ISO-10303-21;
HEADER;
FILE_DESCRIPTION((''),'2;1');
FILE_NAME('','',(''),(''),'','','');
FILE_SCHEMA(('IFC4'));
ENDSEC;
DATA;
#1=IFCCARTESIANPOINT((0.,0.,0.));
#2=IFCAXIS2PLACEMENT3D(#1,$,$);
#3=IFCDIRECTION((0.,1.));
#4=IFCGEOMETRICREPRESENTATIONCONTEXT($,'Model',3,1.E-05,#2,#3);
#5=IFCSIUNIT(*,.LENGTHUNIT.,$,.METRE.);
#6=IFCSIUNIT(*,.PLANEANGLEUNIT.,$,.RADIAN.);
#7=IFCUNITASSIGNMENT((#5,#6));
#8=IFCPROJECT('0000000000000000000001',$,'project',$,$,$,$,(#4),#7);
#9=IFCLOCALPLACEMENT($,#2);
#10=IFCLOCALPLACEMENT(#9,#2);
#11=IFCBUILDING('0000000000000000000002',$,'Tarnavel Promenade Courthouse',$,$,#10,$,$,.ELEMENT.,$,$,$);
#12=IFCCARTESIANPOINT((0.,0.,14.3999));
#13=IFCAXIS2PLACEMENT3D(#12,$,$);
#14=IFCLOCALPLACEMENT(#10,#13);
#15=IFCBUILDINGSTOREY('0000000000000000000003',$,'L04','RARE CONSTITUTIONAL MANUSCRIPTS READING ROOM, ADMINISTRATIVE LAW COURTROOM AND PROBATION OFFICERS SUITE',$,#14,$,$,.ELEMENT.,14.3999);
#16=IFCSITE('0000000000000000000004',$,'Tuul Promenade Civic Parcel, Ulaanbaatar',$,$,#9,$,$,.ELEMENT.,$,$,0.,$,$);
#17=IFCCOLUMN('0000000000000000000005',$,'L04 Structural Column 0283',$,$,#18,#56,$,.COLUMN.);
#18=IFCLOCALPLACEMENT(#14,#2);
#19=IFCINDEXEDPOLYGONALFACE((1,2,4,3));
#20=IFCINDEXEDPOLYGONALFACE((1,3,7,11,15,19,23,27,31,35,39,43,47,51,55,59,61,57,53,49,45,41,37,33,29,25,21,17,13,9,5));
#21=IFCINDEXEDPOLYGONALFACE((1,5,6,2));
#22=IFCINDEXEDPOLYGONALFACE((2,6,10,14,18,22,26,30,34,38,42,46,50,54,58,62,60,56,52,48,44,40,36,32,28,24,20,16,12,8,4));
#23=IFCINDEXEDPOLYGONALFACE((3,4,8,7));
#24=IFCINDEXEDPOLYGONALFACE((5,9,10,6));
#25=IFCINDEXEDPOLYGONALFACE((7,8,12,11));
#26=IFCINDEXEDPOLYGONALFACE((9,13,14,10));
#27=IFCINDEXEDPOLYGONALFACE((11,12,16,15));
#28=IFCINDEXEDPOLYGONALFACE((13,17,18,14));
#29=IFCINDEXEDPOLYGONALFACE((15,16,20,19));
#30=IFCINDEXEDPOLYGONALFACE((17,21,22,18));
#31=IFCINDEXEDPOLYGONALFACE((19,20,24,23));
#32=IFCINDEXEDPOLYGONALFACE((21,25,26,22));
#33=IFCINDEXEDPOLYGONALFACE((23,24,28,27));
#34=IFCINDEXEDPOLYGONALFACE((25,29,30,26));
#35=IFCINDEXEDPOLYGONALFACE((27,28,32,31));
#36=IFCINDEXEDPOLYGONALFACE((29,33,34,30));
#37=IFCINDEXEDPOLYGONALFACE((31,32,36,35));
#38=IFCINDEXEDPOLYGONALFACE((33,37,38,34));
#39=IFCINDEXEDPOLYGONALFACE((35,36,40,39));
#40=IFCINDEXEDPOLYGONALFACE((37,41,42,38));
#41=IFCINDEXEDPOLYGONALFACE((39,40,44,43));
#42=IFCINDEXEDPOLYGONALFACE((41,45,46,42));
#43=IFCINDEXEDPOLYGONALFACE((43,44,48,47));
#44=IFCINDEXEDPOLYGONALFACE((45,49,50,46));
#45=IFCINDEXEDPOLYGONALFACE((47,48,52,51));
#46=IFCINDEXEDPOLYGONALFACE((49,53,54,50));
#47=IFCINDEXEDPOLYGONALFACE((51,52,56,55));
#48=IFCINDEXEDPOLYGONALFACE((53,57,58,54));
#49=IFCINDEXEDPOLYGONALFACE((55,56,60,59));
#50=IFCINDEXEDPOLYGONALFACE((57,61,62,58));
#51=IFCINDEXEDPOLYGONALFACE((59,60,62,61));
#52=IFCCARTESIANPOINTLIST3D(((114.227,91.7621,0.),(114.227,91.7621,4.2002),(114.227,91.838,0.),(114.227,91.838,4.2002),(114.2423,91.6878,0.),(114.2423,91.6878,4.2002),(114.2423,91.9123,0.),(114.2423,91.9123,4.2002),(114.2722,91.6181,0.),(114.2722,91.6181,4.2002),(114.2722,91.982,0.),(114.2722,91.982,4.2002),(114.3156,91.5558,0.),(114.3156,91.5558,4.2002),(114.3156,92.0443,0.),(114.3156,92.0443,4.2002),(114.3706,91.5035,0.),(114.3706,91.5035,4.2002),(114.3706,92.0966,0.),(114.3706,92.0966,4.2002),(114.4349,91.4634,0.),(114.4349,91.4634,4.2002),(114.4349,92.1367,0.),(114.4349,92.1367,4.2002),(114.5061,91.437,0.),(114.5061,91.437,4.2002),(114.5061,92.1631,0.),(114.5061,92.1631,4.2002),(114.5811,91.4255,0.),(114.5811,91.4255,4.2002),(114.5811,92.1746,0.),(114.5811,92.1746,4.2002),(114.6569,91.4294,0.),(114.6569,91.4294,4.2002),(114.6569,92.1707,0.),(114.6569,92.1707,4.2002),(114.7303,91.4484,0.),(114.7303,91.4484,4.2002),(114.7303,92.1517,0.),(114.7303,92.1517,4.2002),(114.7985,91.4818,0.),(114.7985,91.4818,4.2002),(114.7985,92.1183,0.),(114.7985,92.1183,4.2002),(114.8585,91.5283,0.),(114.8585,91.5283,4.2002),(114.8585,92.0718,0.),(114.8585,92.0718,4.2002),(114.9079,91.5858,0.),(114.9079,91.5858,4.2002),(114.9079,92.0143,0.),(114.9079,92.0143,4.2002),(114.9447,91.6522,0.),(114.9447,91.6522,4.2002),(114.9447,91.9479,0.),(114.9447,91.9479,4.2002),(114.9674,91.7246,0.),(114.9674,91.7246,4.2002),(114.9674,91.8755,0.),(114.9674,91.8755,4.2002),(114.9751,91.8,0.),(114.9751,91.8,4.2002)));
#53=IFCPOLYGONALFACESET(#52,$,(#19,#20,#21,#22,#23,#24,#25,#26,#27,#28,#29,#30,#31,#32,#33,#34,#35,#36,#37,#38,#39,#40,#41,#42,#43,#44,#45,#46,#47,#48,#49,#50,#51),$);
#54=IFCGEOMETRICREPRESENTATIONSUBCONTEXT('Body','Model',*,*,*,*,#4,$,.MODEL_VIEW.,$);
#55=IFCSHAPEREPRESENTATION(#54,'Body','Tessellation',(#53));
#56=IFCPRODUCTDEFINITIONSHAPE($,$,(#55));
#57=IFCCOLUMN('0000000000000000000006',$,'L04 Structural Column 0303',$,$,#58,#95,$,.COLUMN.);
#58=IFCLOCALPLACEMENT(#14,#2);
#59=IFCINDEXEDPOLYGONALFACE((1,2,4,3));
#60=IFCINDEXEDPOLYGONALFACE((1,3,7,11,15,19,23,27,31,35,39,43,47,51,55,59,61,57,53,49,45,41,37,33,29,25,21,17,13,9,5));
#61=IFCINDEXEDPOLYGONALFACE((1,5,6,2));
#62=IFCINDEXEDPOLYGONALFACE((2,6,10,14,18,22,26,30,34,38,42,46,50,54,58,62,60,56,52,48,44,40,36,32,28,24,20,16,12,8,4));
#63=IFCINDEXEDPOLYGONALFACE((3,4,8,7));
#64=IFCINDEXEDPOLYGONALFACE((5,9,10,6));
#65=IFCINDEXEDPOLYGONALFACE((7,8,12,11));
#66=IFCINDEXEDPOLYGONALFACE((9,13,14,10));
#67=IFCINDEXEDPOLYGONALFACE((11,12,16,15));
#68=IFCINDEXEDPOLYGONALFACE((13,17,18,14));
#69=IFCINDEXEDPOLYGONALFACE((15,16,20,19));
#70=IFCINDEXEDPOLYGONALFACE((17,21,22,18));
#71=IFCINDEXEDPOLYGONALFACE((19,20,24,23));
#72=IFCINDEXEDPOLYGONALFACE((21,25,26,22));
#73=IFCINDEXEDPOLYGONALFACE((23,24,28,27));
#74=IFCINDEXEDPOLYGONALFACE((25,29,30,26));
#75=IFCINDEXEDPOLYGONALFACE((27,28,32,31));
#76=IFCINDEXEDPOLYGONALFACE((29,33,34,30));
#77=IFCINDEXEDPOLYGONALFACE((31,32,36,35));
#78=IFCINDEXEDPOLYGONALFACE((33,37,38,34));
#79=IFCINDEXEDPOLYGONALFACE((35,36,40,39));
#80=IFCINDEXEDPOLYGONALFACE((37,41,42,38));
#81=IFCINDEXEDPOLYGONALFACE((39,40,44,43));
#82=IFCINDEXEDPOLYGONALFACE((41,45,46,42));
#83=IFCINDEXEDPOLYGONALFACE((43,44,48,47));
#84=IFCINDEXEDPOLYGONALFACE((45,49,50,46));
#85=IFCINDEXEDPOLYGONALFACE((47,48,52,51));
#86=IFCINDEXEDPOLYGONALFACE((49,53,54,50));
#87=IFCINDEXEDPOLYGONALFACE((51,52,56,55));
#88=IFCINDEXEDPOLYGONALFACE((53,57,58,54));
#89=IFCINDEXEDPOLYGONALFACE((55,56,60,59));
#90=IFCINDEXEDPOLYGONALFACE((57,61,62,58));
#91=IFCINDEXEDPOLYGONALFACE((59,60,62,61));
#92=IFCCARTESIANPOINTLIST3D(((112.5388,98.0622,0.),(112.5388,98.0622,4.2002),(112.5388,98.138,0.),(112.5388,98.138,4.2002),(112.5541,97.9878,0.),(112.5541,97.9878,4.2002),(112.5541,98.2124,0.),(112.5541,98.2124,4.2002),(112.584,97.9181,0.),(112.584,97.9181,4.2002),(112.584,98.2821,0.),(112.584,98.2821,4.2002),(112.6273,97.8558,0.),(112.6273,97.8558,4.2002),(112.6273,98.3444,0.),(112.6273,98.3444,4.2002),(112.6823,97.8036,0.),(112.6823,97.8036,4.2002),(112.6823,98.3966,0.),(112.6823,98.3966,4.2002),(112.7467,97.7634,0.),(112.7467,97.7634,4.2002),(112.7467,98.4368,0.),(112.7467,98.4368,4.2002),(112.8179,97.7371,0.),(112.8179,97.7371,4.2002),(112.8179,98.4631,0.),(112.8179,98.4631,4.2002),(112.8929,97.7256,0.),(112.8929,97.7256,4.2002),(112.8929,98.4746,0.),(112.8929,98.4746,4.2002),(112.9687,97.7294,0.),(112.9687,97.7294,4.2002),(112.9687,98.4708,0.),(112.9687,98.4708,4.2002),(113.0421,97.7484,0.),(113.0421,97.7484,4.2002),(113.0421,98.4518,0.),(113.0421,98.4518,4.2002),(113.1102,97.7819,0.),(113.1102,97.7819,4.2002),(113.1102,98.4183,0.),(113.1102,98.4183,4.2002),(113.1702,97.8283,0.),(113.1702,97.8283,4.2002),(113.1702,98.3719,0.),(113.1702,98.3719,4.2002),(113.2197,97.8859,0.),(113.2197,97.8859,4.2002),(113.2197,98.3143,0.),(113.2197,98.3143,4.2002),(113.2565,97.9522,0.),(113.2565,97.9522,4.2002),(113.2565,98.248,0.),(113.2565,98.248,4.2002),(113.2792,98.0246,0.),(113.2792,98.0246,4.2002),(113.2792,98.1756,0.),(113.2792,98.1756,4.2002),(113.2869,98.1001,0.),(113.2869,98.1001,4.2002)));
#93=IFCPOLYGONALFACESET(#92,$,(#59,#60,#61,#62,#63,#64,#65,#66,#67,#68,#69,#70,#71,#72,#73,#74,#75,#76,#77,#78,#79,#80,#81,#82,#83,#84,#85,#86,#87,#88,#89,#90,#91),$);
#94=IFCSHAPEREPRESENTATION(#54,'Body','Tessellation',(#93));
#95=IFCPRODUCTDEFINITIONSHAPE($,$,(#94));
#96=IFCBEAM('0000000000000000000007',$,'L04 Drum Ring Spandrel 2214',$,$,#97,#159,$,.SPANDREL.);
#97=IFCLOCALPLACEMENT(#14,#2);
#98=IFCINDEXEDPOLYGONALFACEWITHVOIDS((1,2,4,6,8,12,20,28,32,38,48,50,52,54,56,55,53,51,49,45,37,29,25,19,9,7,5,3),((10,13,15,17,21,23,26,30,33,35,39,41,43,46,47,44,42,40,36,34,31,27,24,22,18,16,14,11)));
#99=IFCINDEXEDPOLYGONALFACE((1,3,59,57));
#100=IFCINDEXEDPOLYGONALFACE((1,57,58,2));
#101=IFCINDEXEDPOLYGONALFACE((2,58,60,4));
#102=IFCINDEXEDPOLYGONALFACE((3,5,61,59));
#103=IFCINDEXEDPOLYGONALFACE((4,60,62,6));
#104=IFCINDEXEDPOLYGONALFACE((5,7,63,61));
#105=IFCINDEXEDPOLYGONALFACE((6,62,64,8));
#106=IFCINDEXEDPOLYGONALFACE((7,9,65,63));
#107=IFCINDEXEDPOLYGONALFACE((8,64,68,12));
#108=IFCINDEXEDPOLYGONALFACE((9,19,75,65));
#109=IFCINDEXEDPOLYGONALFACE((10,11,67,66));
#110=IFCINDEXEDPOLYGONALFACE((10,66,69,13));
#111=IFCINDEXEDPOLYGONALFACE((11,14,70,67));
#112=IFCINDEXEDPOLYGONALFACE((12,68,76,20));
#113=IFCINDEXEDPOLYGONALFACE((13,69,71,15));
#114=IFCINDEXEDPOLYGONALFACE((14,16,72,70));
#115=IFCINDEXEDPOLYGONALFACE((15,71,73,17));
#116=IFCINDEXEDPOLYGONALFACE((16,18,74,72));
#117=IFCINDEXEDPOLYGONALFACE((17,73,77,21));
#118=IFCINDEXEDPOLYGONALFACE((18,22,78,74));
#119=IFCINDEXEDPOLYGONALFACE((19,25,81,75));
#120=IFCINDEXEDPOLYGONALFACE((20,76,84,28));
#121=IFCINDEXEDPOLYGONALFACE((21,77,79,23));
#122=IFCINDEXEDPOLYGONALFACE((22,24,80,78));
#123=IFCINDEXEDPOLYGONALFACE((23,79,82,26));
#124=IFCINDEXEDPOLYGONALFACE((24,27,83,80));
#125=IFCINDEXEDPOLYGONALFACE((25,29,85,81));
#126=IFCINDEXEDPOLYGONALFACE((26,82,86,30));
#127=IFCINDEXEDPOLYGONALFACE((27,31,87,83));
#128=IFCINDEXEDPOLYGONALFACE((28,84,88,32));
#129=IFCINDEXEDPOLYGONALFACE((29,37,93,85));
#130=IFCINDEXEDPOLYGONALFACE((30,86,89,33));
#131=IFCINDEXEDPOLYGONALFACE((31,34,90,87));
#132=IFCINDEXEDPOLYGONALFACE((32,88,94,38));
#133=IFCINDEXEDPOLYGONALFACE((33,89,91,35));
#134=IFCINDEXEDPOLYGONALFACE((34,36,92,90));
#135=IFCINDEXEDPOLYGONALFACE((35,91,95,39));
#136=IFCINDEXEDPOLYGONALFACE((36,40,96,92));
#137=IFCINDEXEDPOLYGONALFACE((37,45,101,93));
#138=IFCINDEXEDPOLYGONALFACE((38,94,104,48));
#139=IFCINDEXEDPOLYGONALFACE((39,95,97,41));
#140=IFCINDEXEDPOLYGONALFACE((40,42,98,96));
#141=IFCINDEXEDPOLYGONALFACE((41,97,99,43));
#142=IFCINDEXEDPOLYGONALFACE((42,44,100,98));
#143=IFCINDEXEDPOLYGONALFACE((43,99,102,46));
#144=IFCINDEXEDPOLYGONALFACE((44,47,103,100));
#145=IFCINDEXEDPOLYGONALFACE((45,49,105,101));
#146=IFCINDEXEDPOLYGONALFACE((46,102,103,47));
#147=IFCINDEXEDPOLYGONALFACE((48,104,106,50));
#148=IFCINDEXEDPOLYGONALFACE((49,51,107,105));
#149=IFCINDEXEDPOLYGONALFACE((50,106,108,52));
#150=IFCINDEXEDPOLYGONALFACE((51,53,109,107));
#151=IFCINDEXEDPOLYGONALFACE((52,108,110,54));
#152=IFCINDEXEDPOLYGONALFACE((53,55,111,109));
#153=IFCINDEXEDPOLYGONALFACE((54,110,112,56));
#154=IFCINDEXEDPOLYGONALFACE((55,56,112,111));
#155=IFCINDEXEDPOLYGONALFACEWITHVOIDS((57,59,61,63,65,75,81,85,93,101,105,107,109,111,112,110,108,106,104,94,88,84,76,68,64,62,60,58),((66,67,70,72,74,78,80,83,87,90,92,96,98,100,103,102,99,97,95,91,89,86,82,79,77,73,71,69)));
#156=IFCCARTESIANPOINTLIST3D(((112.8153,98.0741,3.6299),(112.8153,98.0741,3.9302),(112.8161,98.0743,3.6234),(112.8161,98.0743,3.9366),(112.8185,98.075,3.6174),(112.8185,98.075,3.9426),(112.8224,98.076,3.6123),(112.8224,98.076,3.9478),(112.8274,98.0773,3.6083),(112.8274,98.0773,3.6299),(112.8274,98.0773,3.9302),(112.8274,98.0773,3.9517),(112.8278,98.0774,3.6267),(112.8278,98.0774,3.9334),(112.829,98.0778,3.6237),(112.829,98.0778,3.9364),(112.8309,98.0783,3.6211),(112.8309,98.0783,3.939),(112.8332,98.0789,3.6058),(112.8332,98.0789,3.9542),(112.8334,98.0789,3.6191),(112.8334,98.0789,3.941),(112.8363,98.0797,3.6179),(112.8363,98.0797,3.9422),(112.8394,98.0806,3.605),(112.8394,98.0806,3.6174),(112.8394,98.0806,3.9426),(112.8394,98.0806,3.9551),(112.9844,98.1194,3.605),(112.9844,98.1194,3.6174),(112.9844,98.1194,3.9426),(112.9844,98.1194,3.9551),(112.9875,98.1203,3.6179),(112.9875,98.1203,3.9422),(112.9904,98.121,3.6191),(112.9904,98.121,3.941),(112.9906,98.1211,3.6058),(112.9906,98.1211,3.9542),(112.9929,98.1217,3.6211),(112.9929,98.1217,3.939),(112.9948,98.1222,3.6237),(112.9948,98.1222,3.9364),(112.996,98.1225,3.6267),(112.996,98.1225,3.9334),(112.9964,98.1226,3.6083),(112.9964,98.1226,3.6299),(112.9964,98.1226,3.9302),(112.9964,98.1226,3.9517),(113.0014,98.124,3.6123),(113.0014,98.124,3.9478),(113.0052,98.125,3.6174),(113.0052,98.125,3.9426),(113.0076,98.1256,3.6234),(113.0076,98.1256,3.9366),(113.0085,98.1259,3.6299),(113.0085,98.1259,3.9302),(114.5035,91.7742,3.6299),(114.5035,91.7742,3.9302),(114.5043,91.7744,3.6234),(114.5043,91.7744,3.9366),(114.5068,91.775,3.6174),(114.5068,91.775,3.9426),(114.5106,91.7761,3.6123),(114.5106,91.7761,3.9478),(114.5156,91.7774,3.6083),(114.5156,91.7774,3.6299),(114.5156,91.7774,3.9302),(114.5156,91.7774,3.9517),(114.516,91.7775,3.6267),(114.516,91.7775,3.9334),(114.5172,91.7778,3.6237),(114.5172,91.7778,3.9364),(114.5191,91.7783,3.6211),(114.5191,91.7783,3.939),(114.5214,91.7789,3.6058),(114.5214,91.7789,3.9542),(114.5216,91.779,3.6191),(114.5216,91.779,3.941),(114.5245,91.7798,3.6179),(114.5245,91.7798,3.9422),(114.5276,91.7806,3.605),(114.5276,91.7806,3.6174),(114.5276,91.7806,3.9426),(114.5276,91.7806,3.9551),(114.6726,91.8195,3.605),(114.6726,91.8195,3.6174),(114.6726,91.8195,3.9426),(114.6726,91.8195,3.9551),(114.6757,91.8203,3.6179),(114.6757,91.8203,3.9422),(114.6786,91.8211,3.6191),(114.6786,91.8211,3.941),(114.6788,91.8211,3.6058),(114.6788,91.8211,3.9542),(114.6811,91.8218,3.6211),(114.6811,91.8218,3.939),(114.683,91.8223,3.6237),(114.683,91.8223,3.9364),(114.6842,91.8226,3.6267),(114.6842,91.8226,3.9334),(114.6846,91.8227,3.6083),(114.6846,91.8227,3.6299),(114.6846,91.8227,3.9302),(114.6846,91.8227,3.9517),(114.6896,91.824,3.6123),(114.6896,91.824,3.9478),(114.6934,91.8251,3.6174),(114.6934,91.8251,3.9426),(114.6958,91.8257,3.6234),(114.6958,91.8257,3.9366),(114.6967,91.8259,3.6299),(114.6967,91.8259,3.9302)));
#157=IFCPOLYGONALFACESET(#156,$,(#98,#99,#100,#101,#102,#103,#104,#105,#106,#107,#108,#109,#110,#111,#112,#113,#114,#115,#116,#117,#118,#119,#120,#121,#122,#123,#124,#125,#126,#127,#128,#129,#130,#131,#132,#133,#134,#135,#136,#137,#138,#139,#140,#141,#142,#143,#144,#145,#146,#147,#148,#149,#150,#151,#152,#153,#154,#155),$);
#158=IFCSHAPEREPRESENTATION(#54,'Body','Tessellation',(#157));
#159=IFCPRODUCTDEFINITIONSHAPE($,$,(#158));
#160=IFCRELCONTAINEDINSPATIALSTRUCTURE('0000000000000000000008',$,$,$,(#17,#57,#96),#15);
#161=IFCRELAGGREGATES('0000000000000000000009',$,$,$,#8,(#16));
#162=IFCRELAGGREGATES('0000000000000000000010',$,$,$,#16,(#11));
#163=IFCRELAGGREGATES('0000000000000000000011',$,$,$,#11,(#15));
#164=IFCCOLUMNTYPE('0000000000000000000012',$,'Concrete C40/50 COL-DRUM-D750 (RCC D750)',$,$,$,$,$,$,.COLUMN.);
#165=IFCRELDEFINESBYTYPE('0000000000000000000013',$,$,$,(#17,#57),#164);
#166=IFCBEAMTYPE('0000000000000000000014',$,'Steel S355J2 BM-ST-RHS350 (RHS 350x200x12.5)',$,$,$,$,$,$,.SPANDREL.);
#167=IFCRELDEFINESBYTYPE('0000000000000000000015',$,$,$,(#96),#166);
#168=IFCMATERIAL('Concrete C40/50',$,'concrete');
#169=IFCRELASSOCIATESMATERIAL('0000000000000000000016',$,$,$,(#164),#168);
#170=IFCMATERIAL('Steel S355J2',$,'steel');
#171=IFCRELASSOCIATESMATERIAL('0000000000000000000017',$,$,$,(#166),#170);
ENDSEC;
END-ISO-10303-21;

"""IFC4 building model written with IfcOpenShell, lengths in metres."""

from ifc_helpers import new_model, si_unit, direction, frame, origin, origin_2d, place, context, subcontext, project, spatial, hollow_rectangle, circle, extrude, material, material_profile, profile_set, type_object, element, save


model = new_model("IFC4")

# Units and contexts
model_context = context("Model", 3, precision=1e-05, world=origin(), true_north=direction((0.0, 1.0)))
body_context = subcontext(model_context, "Body", "Model", "MODEL_VIEW")
ifc_project = project(units=[si_unit("LENGTHUNIT", "METRE"), si_unit("PLANEANGLEUNIT", "RADIAN")], contexts=[model_context])

# Site, building, storey
site_placement = place(None, origin())
site = spatial("IfcSite", under=ifc_project, at=site_placement, Name="Tuul Promenade Civic Parcel, Ulaanbaatar", CompositionType="ELEMENT", RefElevation=0.0)
building_placement = place(site_placement, origin())
building = spatial("IfcBuilding", under=site, at=building_placement, Name="Tarnavel Promenade Courthouse", CompositionType="ELEMENT")
storey_placement = place(building_placement, frame((0.0, 0.0, 14.3999)))
storey = spatial("IfcBuildingStorey", under=building, at=storey_placement, Name="L04", Description="RARE CONSTITUTIONAL MANUSCRIPTS READING ROOM, ADMINISTRATIVE LAW COURTROOM AND PROBATION OFFICERS SUITE", CompositionType="ELEMENT", Elevation=14.3999)

# Columns
ifc_material_1 = material(Name="Concrete C40/50", Category="concrete")
ifc_material_profile_1 = material_profile(ifc_material_1, circle(Radius=0.375, at=origin_2d()), Name="RCC D750")
ifc_profile_set_1 = profile_set([ifc_material_profile_1], Name="Concrete C40/50")
column_type = type_object("IfcColumnType", Name="Concrete C40/50 COL-DRUM-D750 (RCC D750)", PredefinedType="COLUMN", material=ifc_profile_set_1)
for number, where, z_axis, x_axis, name in (
    (1, (114.6001, 91.8, 0.0), (0.0, 0.0, 1.0), (1.0, 0.0, 0.0), "L04 Structural Column 0283"),
    (2, (112.9119, 98.1001, 0.0), (0.0, 0.0, 1.0), (1.0, 0.0, 0.0), "L04 Structural Column 0303"),
):
    element("IfcColumn", number, at=place(storey_placement, frame(where, z_axis=z_axis, x_axis=x_axis)), inside=storey, type_object=column_type, Name=name, PredefinedType="COLUMN", context=body_context, shape_type="SweptSolid", body=[
        extrude(circle(Radius=0.375, at=origin_2d()), origin(), (0.0, 0.0, 1.0), 4.2002),
    ])

# Beam
ifc_material_2 = material(Name="Steel S355J2", Category="steel")
ifc_material_profile_2 = material_profile(ifc_material_2, hollow_rectangle(XDim=0.2, YDim=0.3501, WallThickness=0.0125, InnerFilletRadius=0.0125, OuterFilletRadius=0.0249, at=origin_2d()), Name="RHS 350x200x12.5")
ifc_profile_set_2 = profile_set([ifc_material_profile_2], Name="Steel S355J2")
beam_type = type_object("IfcBeamType", Name="Steel S355J2 BM-ST-RHS350 (RHS 350x200x12.5)", PredefinedType="SPANDREL", material=ifc_profile_set_2)
beam_1_placement = place(storey_placement, frame((114.6001, 91.8, 3.78), z_axis=(-0.258839, 0.96592, 0.0), x_axis=(-0.96592, -0.258839, 0.0)))
element("IfcBeam", 3, at=beam_1_placement, inside=storey, type_object=beam_type, Name="L04 Drum Ring Spandrel 2214", PredefinedType="SPANDREL", context=body_context, shape_type="SweptSolid", body=[
    extrude(hollow_rectangle(XDim=0.2, YDim=0.3501, WallThickness=0.0125, InnerFilletRadius=0.0125, OuterFilletRadius=0.0249, at=origin_2d()), origin(), (0.0, 0.0, 1.0), 6.5222),
])

save(model, "model.ifc")
